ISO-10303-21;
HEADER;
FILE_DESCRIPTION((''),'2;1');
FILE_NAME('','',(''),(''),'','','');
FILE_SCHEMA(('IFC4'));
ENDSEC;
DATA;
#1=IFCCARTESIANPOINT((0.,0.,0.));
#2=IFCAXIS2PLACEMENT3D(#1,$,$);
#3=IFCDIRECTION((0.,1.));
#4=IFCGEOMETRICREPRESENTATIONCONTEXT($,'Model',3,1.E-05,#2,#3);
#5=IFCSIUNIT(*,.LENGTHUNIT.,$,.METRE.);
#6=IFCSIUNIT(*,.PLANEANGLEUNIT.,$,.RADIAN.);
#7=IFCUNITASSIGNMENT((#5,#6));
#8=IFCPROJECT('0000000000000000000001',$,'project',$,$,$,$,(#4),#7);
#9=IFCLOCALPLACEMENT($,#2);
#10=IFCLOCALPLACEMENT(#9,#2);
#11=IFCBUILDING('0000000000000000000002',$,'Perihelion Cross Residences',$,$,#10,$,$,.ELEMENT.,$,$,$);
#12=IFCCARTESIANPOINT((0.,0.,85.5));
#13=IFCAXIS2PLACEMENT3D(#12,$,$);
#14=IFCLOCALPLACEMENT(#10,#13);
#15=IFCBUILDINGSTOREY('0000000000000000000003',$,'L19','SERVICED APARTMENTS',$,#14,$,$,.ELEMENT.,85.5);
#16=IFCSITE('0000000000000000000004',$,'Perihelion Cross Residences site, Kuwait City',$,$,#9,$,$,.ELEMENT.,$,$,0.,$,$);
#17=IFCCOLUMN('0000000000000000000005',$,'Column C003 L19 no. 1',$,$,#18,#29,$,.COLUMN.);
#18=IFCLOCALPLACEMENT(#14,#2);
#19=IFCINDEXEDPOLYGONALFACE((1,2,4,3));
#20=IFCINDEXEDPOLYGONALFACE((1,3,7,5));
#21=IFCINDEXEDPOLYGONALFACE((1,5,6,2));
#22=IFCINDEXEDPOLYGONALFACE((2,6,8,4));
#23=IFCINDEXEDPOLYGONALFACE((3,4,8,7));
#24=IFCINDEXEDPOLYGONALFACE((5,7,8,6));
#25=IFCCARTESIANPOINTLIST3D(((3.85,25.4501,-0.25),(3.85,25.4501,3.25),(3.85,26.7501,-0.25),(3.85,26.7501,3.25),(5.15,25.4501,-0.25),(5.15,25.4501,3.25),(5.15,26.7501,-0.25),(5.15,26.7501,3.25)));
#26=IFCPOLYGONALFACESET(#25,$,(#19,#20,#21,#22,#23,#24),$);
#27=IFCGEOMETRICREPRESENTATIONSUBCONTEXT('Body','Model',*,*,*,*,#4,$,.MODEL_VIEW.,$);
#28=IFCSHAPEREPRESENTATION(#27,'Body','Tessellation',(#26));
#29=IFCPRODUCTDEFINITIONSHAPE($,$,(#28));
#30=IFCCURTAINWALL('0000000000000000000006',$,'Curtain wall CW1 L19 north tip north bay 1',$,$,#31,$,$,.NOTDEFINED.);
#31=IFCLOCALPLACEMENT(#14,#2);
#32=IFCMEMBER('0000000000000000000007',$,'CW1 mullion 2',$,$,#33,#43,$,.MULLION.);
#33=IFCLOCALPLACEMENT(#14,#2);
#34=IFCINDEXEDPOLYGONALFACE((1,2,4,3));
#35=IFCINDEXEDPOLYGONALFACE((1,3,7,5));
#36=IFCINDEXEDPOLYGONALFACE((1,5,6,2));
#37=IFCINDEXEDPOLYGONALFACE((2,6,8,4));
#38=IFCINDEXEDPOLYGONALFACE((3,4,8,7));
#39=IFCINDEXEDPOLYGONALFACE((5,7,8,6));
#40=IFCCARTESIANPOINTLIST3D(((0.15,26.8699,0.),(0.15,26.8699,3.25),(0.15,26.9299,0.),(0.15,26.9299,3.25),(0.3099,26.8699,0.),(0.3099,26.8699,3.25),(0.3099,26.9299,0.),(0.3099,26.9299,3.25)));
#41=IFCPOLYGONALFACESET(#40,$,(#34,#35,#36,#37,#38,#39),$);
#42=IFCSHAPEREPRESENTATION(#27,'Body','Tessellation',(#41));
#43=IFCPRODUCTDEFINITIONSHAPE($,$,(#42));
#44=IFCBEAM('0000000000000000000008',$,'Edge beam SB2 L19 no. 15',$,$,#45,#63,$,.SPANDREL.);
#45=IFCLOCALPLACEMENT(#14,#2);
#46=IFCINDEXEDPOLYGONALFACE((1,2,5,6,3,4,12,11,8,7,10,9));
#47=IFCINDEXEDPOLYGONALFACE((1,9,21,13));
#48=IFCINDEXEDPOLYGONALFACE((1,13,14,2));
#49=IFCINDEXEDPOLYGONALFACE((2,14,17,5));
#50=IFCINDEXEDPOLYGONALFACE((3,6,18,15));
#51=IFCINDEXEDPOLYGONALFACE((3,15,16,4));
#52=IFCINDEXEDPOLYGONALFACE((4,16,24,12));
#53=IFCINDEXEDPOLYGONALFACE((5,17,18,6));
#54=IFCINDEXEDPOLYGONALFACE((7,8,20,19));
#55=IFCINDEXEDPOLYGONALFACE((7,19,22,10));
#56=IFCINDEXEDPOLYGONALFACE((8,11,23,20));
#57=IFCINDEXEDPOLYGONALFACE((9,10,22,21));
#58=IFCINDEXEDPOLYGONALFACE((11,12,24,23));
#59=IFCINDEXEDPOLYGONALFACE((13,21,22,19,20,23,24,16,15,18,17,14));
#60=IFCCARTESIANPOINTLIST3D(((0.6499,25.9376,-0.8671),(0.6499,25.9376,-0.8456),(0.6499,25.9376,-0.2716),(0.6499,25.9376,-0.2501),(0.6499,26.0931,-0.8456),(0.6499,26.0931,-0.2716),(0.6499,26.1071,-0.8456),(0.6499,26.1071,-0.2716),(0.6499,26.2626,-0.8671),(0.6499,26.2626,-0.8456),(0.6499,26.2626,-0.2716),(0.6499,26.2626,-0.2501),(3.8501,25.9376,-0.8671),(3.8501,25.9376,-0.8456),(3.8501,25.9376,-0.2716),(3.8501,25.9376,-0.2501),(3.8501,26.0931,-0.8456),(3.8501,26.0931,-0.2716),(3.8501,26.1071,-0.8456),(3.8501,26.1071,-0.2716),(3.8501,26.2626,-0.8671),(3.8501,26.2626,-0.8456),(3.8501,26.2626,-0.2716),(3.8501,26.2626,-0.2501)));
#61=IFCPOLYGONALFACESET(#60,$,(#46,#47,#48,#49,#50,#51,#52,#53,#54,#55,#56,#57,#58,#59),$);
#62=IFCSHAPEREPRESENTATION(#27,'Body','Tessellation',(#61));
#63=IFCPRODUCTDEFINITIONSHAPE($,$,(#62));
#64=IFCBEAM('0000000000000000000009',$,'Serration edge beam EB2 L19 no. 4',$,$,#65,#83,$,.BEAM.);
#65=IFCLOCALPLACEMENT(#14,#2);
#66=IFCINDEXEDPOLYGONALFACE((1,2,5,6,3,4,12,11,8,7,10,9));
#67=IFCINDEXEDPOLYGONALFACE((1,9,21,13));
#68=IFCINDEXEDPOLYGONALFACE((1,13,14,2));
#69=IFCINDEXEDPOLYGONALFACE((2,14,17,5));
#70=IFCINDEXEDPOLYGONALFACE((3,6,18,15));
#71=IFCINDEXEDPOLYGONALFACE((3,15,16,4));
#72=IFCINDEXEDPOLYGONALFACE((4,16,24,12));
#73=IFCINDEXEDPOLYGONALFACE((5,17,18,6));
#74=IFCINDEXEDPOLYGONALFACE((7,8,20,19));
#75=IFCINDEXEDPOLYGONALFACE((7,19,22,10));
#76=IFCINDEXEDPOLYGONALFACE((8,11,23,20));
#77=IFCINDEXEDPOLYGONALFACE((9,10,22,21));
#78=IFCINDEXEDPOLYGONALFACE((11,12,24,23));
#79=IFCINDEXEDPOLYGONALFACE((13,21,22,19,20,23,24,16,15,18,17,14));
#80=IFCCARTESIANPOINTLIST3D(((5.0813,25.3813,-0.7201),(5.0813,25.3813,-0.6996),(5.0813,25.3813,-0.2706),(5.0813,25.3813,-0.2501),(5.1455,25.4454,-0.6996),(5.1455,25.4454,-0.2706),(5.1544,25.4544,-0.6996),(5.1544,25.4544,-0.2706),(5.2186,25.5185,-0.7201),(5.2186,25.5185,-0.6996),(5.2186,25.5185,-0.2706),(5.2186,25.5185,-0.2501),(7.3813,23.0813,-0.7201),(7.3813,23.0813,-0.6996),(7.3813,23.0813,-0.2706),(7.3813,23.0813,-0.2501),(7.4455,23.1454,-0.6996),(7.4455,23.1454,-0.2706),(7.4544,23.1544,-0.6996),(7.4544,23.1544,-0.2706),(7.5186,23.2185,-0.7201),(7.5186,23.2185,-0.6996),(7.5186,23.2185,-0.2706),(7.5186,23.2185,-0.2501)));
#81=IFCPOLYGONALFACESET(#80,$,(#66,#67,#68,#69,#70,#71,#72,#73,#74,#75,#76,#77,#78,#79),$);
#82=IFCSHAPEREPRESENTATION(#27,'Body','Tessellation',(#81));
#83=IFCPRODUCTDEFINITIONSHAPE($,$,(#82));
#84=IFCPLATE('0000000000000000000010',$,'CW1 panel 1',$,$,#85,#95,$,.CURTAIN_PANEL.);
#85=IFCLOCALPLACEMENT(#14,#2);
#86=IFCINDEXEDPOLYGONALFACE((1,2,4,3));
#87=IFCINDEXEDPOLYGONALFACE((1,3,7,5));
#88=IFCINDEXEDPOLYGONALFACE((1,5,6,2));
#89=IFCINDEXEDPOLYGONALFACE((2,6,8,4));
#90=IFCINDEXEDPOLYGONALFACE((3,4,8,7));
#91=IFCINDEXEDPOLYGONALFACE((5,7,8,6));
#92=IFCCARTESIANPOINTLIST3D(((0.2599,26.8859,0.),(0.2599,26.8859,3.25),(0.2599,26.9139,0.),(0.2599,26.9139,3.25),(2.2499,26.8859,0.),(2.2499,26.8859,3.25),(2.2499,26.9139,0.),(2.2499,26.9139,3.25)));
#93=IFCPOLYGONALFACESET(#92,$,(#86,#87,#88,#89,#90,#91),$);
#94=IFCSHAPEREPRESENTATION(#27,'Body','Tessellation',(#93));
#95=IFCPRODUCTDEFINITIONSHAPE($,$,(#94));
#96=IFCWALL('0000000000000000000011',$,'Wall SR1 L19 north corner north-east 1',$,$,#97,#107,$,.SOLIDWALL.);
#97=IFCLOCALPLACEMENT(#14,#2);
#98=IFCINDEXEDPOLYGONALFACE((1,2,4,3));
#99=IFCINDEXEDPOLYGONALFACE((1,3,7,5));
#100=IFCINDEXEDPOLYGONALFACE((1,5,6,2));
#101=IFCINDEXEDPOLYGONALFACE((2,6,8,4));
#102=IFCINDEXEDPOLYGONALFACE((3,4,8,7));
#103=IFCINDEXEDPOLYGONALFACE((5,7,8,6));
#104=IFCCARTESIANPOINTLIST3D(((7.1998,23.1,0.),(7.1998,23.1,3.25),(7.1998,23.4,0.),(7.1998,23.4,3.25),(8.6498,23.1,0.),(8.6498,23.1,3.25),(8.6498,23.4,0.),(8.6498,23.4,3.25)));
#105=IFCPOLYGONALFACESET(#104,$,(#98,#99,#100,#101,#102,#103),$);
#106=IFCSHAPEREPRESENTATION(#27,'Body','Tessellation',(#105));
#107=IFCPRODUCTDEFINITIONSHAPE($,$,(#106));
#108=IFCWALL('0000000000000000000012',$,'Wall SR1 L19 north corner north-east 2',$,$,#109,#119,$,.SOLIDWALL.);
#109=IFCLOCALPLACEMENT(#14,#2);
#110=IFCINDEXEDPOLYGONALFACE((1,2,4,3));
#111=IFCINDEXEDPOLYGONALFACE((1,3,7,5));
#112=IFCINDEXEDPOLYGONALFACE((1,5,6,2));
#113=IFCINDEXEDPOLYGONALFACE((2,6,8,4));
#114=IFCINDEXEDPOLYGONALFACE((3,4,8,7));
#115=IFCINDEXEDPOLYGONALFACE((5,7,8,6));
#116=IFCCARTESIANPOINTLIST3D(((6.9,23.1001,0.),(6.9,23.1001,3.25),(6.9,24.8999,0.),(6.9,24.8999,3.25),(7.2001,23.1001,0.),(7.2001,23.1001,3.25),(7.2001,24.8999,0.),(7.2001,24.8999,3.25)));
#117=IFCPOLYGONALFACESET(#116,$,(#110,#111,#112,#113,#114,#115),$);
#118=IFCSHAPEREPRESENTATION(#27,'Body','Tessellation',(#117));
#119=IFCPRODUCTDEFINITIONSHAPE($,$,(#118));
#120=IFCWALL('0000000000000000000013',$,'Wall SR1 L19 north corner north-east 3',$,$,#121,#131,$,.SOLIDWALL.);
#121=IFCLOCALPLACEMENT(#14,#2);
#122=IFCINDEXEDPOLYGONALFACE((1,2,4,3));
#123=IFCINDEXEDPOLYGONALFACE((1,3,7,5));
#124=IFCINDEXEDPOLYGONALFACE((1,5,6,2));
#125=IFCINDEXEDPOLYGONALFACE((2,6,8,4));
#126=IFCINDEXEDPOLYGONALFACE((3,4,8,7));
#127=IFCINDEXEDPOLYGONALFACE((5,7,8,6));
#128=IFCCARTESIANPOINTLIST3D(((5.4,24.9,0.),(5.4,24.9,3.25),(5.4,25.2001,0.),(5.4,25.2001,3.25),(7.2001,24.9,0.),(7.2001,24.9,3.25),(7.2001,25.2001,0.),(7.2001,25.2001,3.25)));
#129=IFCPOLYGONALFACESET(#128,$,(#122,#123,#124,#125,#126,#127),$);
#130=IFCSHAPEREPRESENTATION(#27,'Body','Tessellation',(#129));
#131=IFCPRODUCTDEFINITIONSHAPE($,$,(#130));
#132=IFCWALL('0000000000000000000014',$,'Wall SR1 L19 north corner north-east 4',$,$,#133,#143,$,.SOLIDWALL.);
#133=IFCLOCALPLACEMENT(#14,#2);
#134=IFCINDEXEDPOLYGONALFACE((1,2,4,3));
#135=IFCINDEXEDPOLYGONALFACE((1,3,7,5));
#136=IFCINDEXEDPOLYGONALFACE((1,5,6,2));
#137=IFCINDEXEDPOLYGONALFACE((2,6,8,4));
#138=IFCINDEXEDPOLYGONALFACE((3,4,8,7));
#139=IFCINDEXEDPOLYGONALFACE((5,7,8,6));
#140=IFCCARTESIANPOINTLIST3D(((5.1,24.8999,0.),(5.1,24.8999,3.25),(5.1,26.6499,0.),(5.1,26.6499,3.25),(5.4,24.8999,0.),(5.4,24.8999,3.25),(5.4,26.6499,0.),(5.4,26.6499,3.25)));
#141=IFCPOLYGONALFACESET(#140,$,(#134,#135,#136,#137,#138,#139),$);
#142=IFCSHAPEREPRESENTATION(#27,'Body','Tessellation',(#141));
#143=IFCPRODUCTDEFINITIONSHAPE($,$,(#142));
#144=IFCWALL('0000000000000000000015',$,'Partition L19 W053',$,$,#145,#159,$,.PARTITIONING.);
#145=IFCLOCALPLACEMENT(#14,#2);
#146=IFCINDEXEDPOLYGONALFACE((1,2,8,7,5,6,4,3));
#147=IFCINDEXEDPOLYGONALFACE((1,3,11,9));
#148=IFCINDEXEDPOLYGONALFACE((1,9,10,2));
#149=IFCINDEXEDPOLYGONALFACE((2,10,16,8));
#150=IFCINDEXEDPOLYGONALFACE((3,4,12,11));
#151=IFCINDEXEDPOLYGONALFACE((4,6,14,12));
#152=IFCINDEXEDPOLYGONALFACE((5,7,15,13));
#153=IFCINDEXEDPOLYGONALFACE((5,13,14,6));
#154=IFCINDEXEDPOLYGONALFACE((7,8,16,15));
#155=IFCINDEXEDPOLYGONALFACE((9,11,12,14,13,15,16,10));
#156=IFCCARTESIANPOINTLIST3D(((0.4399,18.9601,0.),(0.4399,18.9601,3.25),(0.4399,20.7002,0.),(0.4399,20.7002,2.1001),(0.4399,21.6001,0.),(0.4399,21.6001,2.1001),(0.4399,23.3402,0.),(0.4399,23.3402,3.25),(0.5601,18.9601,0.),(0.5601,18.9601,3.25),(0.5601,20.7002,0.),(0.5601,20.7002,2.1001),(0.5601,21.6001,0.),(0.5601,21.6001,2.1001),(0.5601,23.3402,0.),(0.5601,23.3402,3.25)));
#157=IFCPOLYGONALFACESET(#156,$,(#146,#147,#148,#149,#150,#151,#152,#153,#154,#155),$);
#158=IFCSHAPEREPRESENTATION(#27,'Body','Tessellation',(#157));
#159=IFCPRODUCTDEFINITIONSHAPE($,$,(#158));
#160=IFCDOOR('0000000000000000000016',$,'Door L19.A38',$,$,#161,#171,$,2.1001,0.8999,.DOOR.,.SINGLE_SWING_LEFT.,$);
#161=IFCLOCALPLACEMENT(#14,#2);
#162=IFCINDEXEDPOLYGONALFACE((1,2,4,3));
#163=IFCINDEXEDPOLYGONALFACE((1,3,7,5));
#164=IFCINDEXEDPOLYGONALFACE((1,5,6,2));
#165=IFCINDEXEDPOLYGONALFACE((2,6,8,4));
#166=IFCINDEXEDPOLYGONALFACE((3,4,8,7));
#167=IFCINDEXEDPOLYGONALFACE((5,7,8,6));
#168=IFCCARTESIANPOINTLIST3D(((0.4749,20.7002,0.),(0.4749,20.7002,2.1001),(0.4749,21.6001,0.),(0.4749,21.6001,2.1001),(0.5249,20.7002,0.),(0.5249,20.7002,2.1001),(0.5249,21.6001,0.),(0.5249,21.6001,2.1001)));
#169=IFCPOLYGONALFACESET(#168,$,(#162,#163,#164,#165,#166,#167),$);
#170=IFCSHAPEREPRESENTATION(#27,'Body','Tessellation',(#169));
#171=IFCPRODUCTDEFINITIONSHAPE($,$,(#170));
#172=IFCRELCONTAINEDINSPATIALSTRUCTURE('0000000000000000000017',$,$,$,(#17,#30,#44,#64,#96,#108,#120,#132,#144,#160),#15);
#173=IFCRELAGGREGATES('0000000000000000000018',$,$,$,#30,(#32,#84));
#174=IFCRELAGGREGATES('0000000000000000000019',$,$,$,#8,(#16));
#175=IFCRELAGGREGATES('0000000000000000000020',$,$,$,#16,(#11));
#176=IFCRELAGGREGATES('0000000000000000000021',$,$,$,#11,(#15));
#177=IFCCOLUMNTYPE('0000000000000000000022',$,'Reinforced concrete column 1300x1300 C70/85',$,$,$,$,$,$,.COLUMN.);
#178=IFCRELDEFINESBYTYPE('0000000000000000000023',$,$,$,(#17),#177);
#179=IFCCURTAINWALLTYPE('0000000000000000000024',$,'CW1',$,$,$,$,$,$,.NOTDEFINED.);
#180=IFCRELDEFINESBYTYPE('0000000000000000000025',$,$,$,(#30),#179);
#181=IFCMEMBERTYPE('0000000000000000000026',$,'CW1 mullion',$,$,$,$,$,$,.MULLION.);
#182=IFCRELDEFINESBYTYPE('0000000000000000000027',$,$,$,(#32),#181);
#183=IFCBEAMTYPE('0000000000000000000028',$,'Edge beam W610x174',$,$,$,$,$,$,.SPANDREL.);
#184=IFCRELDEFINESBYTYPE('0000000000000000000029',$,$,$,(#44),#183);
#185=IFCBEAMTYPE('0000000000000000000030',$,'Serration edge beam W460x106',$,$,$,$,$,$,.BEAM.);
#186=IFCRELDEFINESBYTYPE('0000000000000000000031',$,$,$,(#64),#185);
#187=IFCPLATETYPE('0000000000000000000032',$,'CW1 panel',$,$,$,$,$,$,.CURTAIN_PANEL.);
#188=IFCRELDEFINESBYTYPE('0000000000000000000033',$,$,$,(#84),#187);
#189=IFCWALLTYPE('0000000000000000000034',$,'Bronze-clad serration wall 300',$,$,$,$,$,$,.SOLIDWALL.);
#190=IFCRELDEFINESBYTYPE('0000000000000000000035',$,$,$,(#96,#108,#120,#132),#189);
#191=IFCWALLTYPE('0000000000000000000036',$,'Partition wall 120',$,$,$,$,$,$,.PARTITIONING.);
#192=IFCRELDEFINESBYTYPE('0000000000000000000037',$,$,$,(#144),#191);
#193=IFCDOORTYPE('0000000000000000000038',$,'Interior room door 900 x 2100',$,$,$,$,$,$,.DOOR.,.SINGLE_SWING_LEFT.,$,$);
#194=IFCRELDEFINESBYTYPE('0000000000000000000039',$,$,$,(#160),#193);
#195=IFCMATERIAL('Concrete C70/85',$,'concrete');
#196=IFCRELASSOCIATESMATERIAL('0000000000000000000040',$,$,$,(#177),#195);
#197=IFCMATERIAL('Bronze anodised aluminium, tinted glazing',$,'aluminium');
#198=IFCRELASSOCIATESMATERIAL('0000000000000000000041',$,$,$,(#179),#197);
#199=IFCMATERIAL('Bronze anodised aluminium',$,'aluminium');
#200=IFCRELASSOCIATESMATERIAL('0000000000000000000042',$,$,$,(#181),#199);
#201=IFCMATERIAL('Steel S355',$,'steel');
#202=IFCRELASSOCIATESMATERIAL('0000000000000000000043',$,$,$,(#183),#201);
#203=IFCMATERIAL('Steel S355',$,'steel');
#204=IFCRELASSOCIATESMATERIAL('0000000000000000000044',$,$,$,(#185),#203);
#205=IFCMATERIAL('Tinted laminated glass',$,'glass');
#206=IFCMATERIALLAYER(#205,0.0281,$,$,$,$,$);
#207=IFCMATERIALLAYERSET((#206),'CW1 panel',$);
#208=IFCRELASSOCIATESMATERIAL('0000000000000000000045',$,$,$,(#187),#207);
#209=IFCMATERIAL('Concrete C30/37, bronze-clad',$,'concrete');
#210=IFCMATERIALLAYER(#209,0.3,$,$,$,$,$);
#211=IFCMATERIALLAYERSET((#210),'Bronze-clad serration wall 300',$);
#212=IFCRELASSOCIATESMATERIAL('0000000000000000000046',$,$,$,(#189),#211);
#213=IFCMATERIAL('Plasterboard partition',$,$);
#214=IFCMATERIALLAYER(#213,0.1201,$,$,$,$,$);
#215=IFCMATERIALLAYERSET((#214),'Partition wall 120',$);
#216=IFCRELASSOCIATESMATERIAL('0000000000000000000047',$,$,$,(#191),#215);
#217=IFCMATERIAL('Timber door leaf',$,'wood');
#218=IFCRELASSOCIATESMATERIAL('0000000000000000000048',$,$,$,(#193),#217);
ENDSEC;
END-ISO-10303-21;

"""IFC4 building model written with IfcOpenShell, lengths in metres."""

from ifc_helpers import new_model, si_unit, direction, frame, frame_2d, origin, origin_2d, place, context, subcontext, project, spatial, rectangle, i_section, extrude, material, layer, layer_set, material_profile, profile_set, type_object, element, fill, aggregate, save


model = new_model("IFC4")

# Units and contexts
model_context = context("Model", 3, precision=1e-05, world=origin(), true_north=direction((0.0, 1.0)))
body_context = subcontext(model_context, "Body", "Model", "MODEL_VIEW")
ifc_project = project(units=[si_unit("LENGTHUNIT", "METRE"), si_unit("PLANEANGLEUNIT", "RADIAN")], contexts=[model_context])

# Site, building, storey
site_placement = place(None, origin())
site = spatial("IfcSite", under=ifc_project, at=site_placement, Name="Perihelion Cross Residences site, Kuwait City", CompositionType="ELEMENT", RefElevation=0.0)
building_placement = place(site_placement, origin())
building = spatial("IfcBuilding", under=site, at=building_placement, Name="Perihelion Cross Residences", CompositionType="ELEMENT")
storey_placement = place(building_placement, frame((0.0, 0.0, 85.5)))
storey = spatial("IfcBuildingStorey", under=building, at=storey_placement, Name="L19", Description="SERVICED APARTMENTS", CompositionType="ELEMENT", Elevation=85.5)

# Column
ifc_material_1 = material(Name="Concrete C70/85", Category="concrete")
ifc_material_profile_1 = material_profile(ifc_material_1, rectangle(XDim=1.3, YDim=1.3, at=origin_2d()), Name="RC 1300x1300")
ifc_profile_set_1 = profile_set([ifc_material_profile_1], Name="Concrete C70/85")
column_type = type_object("IfcColumnType", Name="Reinforced concrete column 1300x1300 C70/85", PredefinedType="COLUMN", material=ifc_profile_set_1)
column_placement = place(storey_placement, frame((4.5, 26.1001, -0.25), z_axis=(0.0, 0.0, 1.0), x_axis=(1.0, 0.0, 0.0)))
element("IfcColumn", 1, at=column_placement, inside=storey, type_object=column_type, Name="Column C003 L19 no. 1", PredefinedType="COLUMN", context=body_context, shape_type="SweptSolid", body=[
    extrude(rectangle(XDim=1.3, YDim=1.3, at=origin_2d()), origin(), (0.0, 0.0, 1.0), 3.5),
])

# Curtain wall, member
ifc_material_2 = material(Name="Bronze anodised aluminium, tinted glazing", Category="aluminium")
curtain_wall_type = type_object("IfcCurtainWallType", Name="CW1", PredefinedType="NOTDEFINED", material=ifc_material_2)
curtain_wall_placement = place(storey_placement, origin())
curtain_wall = element("IfcCurtainWall", 2, at=curtain_wall_placement, inside=storey, type_object=curtain_wall_type, Name="Curtain wall CW1 L19 north tip north bay 1", PredefinedType="NOTDEFINED")
ifc_material_3 = material(Name="Bronze anodised aluminium", Category="aluminium")
ifc_material_profile_2 = material_profile(ifc_material_3, rectangle(XDim=0.0601, YDim=0.1599, at=origin_2d()), Name="CW1 mullion")
ifc_profile_set_2 = profile_set([ifc_material_profile_2], Name="Bronze anodised aluminium")
member_type = type_object("IfcMemberType", Name="CW1 mullion", PredefinedType="MULLION", material=ifc_profile_set_2)
member_placement = place(storey_placement, frame((0.23, 26.8999, 0.0), z_axis=(0.0, 0.0, 1.0), x_axis=(0.0, -1.0, 0.0)))
member = element("IfcMember", 3, at=member_placement, type_object=member_type, Name="CW1 mullion 2", PredefinedType="MULLION", context=body_context, shape_type="SweptSolid", body=[
    extrude(rectangle(XDim=0.0601, YDim=0.1599, at=origin_2d()), origin(), (0.0, 0.0, 1.0), 3.25),
])

# Beams
ifc_material_4 = material(Name="Steel S355", Category="steel")
ifc_material_profile_3 = material_profile(ifc_material_4, i_section(OverallWidth=0.325, OverallDepth=0.6169, WebThickness=0.0139, FlangeThickness=0.0215, at=origin_2d()), Name="W610x174")
ifc_profile_set_3 = profile_set([ifc_material_profile_3], Name="Steel S355")
beam_type_1 = type_object("IfcBeamType", Name="Edge beam W610x174", PredefinedType="SPANDREL", material=ifc_profile_set_3)
beam_1_placement = place(storey_placement, frame((3.8501, 26.1001, -0.5586), z_axis=(-1.0, 0.0, 0.0), x_axis=(0.0, -1.0, 0.0)))
element("IfcBeam", 4, at=beam_1_placement, inside=storey, type_object=beam_type_1, Name="Edge beam SB2 L19 no. 15", PredefinedType="SPANDREL", context=body_context, shape_type="SweptSolid", body=[
    extrude(i_section(OverallWidth=0.325, OverallDepth=0.6169, WebThickness=0.0139, FlangeThickness=0.0215, at=origin_2d()), origin(), (0.0, 0.0, 1.0), 3.2002),
])
ifc_material_5 = material(Name="Steel S355", Category="steel")
ifc_material_profile_4 = material_profile(ifc_material_5, i_section(OverallWidth=0.1941, OverallDepth=0.47, WebThickness=0.0127, FlangeThickness=0.0205, at=origin_2d()), Name="W460x106")
ifc_profile_set_4 = profile_set([ifc_material_profile_4], Name="Steel S355")
beam_type_2 = type_object("IfcBeamType", Name="Serration edge beam W460x106", PredefinedType="BEAM", material=ifc_profile_set_4)
beam_2_placement = place(storey_placement, frame((7.45, 23.1499, -0.4851), z_axis=(-0.707107, 0.707107, 0.0), x_axis=(-0.707107, -0.707107, 0.0)))
element("IfcBeam", 5, at=beam_2_placement, inside=storey, type_object=beam_type_2, Name="Serration edge beam EB2 L19 no. 4", PredefinedType="BEAM", context=body_context, shape_type="SweptSolid", body=[
    extrude(i_section(OverallWidth=0.1941, OverallDepth=0.47, WebThickness=0.0127, FlangeThickness=0.0205, at=origin_2d()), origin(), (0.0, 0.0, 1.0), 3.2527),
])

# Plate
ifc_material_6 = material(Name="Tinted laminated glass", Category="glass")
ifc_layer_1 = layer(ifc_material_6, 0.0281)
ifc_layer_set_1 = layer_set([ifc_layer_1], Name="CW1 panel")
plate_type = type_object("IfcPlateType", Name="CW1 panel", PredefinedType="CURTAIN_PANEL", material=ifc_layer_set_1)
plate_placement = place(storey_placement, frame((1.2549, 26.8999, 0.0), z_axis=(0.0, 0.0, 1.0), x_axis=(-1.0, 0.0, 0.0)))
plate = element("IfcPlate", 6, at=plate_placement, type_object=plate_type, Name="CW1 panel 1", PredefinedType="CURTAIN_PANEL", context=body_context, shape_type="SweptSolid", body=[
    extrude(rectangle(XDim=1.99, YDim=0.0281, at=origin_2d()), origin(), (0.0, 0.0, 1.0), 3.25),
])
aggregate(curtain_wall, [member, plate])

# Walls
ifc_material_7 = material(Name="Concrete C30/37, bronze-clad", Category="concrete")
ifc_layer_2 = layer(ifc_material_7, 0.3)
ifc_layer_set_2 = layer_set([ifc_layer_2], Name="Bronze-clad serration wall 300")
wall_type_1 = type_object("IfcWallType", Name="Bronze-clad serration wall 300", PredefinedType="SOLIDWALL", material=ifc_layer_set_2)
wall_1_placement = place(storey_placement, frame((8.6499, 23.25, 0.0), z_axis=(0.0, 0.0, 1.0), x_axis=(-1.0, 0.0, 0.0)))
element("IfcWall", 7, at=wall_1_placement, inside=storey, type_object=wall_type_1, Name="Wall SR1 L19 north corner north-east 1", PredefinedType="SOLIDWALL", context=body_context, shape_type="SweptSolid", body=[
    extrude(rectangle(XDim=1.45, YDim=0.3, at=frame_2d((0.7251, 0.0))), origin(), (0.0, 0.0, 1.0), 3.25),
])
wall_2_placement = place(storey_placement, frame((7.05, 23.1001, 0.0), z_axis=(0.0, 0.0, 1.0), x_axis=(0.0, 1.0, 0.0)))
element("IfcWall", 8, at=wall_2_placement, inside=storey, type_object=wall_type_1, Name="Wall SR1 L19 north corner north-east 2", PredefinedType="SOLIDWALL", context=body_context, shape_type="SweptSolid", body=[
    extrude(rectangle(XDim=1.7998, YDim=0.3, at=frame_2d((0.8999, 0.0))), origin(), (0.0, 0.0, 1.0), 3.25),
])
wall_3_placement = place(storey_placement, frame((7.2, 25.05, 0.0), z_axis=(0.0, 0.0, 1.0), x_axis=(-1.0, 0.0, 0.0)))
element("IfcWall", 9, at=wall_3_placement, inside=storey, type_object=wall_type_1, Name="Wall SR1 L19 north corner north-east 3", PredefinedType="SOLIDWALL", context=body_context, shape_type="SweptSolid", body=[
    extrude(rectangle(XDim=1.8, YDim=0.3, at=frame_2d((0.8999, 0.0))), origin(), (0.0, 0.0, 1.0), 3.25),
])
wall_4_placement = place(storey_placement, frame((5.25, 24.8999, 0.0), z_axis=(0.0, 0.0, 1.0), x_axis=(0.0, 1.0, 0.0)))
element("IfcWall", 10, at=wall_4_placement, inside=storey, type_object=wall_type_1, Name="Wall SR1 L19 north corner north-east 4", PredefinedType="SOLIDWALL", context=body_context, shape_type="SweptSolid", body=[
    extrude(rectangle(XDim=1.75, YDim=0.3, at=frame_2d((0.875, 0.0))), origin(), (0.0, 0.0, 1.0), 3.25),
])

# Wall, opening, door
ifc_material_8 = material(Name="Plasterboard partition")
ifc_layer_3 = layer(ifc_material_8, 0.1201)
ifc_layer_set_3 = layer_set([ifc_layer_3], Name="Partition wall 120")
wall_type_2 = type_object("IfcWallType", Name="Partition wall 120", PredefinedType="PARTITIONING", material=ifc_layer_set_3)
wall_5_placement = place(storey_placement, frame((0.5, 23.3401, 0.0), z_axis=(0.0, 0.0, 1.0), x_axis=(0.0, -1.0, 0.0)))
wall_5 = element("IfcWall", 11, at=wall_5_placement, inside=storey, type_object=wall_type_2, Name="Partition L19 W053", PredefinedType="PARTITIONING", context=body_context, shape_type="SweptSolid", body=[
    extrude(rectangle(XDim=4.3801, YDim=0.1201, at=frame_2d((2.1899, 0.0))), origin(), (0.0, 0.0, 1.0), 3.25),
])
opening_1_placement = place(wall_5_placement, frame((1.74, 0.0, 0.0)))
opening_1 = element("IfcOpeningElement", 12, at=opening_1_placement, cuts=wall_5, PredefinedType="OPENING", context=body_context, shape_type="SweptSolid", body=[
    extrude(rectangle(XDim=0.8999, YDim=2.1001, at=frame_2d((0.45, 1.05))), frame((0.0, 0.0701, 0.0), z_axis=(0.0, -1.0, 0.0), x_axis=(1.0, 0.0, 0.0)), (0.0, 0.0, 1.0), 0.1401),
])
ifc_material_9 = material(Name="Timber door leaf", Category="wood")
door_type_1 = type_object("IfcDoorType", Name="Interior room door 900 x 2100", OperationType="SINGLE_SWING_LEFT", PredefinedType="DOOR", material=ifc_material_9)
door_1_placement = place(opening_1_placement, origin())
door_1 = element("IfcDoor", 13, at=door_1_placement, inside=storey, type_object=door_type_1, Name="Door L19.A38", OperationType="SINGLE_SWING_LEFT", OverallHeight=2.1001, OverallWidth=0.8999, PredefinedType="DOOR", context=body_context, shape_type="SweptSolid", body=[
    extrude(rectangle(XDim=0.8999, YDim=2.1001, at=frame_2d((0.45, 1.05))), frame((0.0, 0.0249, 0.0), z_axis=(0.0, -1.0, 0.0), x_axis=(1.0, 0.0, 0.0)), (0.0, 0.0, 1.0), 0.05),
])
fill(opening_1, door_1)

save(model, "model.ifc")
